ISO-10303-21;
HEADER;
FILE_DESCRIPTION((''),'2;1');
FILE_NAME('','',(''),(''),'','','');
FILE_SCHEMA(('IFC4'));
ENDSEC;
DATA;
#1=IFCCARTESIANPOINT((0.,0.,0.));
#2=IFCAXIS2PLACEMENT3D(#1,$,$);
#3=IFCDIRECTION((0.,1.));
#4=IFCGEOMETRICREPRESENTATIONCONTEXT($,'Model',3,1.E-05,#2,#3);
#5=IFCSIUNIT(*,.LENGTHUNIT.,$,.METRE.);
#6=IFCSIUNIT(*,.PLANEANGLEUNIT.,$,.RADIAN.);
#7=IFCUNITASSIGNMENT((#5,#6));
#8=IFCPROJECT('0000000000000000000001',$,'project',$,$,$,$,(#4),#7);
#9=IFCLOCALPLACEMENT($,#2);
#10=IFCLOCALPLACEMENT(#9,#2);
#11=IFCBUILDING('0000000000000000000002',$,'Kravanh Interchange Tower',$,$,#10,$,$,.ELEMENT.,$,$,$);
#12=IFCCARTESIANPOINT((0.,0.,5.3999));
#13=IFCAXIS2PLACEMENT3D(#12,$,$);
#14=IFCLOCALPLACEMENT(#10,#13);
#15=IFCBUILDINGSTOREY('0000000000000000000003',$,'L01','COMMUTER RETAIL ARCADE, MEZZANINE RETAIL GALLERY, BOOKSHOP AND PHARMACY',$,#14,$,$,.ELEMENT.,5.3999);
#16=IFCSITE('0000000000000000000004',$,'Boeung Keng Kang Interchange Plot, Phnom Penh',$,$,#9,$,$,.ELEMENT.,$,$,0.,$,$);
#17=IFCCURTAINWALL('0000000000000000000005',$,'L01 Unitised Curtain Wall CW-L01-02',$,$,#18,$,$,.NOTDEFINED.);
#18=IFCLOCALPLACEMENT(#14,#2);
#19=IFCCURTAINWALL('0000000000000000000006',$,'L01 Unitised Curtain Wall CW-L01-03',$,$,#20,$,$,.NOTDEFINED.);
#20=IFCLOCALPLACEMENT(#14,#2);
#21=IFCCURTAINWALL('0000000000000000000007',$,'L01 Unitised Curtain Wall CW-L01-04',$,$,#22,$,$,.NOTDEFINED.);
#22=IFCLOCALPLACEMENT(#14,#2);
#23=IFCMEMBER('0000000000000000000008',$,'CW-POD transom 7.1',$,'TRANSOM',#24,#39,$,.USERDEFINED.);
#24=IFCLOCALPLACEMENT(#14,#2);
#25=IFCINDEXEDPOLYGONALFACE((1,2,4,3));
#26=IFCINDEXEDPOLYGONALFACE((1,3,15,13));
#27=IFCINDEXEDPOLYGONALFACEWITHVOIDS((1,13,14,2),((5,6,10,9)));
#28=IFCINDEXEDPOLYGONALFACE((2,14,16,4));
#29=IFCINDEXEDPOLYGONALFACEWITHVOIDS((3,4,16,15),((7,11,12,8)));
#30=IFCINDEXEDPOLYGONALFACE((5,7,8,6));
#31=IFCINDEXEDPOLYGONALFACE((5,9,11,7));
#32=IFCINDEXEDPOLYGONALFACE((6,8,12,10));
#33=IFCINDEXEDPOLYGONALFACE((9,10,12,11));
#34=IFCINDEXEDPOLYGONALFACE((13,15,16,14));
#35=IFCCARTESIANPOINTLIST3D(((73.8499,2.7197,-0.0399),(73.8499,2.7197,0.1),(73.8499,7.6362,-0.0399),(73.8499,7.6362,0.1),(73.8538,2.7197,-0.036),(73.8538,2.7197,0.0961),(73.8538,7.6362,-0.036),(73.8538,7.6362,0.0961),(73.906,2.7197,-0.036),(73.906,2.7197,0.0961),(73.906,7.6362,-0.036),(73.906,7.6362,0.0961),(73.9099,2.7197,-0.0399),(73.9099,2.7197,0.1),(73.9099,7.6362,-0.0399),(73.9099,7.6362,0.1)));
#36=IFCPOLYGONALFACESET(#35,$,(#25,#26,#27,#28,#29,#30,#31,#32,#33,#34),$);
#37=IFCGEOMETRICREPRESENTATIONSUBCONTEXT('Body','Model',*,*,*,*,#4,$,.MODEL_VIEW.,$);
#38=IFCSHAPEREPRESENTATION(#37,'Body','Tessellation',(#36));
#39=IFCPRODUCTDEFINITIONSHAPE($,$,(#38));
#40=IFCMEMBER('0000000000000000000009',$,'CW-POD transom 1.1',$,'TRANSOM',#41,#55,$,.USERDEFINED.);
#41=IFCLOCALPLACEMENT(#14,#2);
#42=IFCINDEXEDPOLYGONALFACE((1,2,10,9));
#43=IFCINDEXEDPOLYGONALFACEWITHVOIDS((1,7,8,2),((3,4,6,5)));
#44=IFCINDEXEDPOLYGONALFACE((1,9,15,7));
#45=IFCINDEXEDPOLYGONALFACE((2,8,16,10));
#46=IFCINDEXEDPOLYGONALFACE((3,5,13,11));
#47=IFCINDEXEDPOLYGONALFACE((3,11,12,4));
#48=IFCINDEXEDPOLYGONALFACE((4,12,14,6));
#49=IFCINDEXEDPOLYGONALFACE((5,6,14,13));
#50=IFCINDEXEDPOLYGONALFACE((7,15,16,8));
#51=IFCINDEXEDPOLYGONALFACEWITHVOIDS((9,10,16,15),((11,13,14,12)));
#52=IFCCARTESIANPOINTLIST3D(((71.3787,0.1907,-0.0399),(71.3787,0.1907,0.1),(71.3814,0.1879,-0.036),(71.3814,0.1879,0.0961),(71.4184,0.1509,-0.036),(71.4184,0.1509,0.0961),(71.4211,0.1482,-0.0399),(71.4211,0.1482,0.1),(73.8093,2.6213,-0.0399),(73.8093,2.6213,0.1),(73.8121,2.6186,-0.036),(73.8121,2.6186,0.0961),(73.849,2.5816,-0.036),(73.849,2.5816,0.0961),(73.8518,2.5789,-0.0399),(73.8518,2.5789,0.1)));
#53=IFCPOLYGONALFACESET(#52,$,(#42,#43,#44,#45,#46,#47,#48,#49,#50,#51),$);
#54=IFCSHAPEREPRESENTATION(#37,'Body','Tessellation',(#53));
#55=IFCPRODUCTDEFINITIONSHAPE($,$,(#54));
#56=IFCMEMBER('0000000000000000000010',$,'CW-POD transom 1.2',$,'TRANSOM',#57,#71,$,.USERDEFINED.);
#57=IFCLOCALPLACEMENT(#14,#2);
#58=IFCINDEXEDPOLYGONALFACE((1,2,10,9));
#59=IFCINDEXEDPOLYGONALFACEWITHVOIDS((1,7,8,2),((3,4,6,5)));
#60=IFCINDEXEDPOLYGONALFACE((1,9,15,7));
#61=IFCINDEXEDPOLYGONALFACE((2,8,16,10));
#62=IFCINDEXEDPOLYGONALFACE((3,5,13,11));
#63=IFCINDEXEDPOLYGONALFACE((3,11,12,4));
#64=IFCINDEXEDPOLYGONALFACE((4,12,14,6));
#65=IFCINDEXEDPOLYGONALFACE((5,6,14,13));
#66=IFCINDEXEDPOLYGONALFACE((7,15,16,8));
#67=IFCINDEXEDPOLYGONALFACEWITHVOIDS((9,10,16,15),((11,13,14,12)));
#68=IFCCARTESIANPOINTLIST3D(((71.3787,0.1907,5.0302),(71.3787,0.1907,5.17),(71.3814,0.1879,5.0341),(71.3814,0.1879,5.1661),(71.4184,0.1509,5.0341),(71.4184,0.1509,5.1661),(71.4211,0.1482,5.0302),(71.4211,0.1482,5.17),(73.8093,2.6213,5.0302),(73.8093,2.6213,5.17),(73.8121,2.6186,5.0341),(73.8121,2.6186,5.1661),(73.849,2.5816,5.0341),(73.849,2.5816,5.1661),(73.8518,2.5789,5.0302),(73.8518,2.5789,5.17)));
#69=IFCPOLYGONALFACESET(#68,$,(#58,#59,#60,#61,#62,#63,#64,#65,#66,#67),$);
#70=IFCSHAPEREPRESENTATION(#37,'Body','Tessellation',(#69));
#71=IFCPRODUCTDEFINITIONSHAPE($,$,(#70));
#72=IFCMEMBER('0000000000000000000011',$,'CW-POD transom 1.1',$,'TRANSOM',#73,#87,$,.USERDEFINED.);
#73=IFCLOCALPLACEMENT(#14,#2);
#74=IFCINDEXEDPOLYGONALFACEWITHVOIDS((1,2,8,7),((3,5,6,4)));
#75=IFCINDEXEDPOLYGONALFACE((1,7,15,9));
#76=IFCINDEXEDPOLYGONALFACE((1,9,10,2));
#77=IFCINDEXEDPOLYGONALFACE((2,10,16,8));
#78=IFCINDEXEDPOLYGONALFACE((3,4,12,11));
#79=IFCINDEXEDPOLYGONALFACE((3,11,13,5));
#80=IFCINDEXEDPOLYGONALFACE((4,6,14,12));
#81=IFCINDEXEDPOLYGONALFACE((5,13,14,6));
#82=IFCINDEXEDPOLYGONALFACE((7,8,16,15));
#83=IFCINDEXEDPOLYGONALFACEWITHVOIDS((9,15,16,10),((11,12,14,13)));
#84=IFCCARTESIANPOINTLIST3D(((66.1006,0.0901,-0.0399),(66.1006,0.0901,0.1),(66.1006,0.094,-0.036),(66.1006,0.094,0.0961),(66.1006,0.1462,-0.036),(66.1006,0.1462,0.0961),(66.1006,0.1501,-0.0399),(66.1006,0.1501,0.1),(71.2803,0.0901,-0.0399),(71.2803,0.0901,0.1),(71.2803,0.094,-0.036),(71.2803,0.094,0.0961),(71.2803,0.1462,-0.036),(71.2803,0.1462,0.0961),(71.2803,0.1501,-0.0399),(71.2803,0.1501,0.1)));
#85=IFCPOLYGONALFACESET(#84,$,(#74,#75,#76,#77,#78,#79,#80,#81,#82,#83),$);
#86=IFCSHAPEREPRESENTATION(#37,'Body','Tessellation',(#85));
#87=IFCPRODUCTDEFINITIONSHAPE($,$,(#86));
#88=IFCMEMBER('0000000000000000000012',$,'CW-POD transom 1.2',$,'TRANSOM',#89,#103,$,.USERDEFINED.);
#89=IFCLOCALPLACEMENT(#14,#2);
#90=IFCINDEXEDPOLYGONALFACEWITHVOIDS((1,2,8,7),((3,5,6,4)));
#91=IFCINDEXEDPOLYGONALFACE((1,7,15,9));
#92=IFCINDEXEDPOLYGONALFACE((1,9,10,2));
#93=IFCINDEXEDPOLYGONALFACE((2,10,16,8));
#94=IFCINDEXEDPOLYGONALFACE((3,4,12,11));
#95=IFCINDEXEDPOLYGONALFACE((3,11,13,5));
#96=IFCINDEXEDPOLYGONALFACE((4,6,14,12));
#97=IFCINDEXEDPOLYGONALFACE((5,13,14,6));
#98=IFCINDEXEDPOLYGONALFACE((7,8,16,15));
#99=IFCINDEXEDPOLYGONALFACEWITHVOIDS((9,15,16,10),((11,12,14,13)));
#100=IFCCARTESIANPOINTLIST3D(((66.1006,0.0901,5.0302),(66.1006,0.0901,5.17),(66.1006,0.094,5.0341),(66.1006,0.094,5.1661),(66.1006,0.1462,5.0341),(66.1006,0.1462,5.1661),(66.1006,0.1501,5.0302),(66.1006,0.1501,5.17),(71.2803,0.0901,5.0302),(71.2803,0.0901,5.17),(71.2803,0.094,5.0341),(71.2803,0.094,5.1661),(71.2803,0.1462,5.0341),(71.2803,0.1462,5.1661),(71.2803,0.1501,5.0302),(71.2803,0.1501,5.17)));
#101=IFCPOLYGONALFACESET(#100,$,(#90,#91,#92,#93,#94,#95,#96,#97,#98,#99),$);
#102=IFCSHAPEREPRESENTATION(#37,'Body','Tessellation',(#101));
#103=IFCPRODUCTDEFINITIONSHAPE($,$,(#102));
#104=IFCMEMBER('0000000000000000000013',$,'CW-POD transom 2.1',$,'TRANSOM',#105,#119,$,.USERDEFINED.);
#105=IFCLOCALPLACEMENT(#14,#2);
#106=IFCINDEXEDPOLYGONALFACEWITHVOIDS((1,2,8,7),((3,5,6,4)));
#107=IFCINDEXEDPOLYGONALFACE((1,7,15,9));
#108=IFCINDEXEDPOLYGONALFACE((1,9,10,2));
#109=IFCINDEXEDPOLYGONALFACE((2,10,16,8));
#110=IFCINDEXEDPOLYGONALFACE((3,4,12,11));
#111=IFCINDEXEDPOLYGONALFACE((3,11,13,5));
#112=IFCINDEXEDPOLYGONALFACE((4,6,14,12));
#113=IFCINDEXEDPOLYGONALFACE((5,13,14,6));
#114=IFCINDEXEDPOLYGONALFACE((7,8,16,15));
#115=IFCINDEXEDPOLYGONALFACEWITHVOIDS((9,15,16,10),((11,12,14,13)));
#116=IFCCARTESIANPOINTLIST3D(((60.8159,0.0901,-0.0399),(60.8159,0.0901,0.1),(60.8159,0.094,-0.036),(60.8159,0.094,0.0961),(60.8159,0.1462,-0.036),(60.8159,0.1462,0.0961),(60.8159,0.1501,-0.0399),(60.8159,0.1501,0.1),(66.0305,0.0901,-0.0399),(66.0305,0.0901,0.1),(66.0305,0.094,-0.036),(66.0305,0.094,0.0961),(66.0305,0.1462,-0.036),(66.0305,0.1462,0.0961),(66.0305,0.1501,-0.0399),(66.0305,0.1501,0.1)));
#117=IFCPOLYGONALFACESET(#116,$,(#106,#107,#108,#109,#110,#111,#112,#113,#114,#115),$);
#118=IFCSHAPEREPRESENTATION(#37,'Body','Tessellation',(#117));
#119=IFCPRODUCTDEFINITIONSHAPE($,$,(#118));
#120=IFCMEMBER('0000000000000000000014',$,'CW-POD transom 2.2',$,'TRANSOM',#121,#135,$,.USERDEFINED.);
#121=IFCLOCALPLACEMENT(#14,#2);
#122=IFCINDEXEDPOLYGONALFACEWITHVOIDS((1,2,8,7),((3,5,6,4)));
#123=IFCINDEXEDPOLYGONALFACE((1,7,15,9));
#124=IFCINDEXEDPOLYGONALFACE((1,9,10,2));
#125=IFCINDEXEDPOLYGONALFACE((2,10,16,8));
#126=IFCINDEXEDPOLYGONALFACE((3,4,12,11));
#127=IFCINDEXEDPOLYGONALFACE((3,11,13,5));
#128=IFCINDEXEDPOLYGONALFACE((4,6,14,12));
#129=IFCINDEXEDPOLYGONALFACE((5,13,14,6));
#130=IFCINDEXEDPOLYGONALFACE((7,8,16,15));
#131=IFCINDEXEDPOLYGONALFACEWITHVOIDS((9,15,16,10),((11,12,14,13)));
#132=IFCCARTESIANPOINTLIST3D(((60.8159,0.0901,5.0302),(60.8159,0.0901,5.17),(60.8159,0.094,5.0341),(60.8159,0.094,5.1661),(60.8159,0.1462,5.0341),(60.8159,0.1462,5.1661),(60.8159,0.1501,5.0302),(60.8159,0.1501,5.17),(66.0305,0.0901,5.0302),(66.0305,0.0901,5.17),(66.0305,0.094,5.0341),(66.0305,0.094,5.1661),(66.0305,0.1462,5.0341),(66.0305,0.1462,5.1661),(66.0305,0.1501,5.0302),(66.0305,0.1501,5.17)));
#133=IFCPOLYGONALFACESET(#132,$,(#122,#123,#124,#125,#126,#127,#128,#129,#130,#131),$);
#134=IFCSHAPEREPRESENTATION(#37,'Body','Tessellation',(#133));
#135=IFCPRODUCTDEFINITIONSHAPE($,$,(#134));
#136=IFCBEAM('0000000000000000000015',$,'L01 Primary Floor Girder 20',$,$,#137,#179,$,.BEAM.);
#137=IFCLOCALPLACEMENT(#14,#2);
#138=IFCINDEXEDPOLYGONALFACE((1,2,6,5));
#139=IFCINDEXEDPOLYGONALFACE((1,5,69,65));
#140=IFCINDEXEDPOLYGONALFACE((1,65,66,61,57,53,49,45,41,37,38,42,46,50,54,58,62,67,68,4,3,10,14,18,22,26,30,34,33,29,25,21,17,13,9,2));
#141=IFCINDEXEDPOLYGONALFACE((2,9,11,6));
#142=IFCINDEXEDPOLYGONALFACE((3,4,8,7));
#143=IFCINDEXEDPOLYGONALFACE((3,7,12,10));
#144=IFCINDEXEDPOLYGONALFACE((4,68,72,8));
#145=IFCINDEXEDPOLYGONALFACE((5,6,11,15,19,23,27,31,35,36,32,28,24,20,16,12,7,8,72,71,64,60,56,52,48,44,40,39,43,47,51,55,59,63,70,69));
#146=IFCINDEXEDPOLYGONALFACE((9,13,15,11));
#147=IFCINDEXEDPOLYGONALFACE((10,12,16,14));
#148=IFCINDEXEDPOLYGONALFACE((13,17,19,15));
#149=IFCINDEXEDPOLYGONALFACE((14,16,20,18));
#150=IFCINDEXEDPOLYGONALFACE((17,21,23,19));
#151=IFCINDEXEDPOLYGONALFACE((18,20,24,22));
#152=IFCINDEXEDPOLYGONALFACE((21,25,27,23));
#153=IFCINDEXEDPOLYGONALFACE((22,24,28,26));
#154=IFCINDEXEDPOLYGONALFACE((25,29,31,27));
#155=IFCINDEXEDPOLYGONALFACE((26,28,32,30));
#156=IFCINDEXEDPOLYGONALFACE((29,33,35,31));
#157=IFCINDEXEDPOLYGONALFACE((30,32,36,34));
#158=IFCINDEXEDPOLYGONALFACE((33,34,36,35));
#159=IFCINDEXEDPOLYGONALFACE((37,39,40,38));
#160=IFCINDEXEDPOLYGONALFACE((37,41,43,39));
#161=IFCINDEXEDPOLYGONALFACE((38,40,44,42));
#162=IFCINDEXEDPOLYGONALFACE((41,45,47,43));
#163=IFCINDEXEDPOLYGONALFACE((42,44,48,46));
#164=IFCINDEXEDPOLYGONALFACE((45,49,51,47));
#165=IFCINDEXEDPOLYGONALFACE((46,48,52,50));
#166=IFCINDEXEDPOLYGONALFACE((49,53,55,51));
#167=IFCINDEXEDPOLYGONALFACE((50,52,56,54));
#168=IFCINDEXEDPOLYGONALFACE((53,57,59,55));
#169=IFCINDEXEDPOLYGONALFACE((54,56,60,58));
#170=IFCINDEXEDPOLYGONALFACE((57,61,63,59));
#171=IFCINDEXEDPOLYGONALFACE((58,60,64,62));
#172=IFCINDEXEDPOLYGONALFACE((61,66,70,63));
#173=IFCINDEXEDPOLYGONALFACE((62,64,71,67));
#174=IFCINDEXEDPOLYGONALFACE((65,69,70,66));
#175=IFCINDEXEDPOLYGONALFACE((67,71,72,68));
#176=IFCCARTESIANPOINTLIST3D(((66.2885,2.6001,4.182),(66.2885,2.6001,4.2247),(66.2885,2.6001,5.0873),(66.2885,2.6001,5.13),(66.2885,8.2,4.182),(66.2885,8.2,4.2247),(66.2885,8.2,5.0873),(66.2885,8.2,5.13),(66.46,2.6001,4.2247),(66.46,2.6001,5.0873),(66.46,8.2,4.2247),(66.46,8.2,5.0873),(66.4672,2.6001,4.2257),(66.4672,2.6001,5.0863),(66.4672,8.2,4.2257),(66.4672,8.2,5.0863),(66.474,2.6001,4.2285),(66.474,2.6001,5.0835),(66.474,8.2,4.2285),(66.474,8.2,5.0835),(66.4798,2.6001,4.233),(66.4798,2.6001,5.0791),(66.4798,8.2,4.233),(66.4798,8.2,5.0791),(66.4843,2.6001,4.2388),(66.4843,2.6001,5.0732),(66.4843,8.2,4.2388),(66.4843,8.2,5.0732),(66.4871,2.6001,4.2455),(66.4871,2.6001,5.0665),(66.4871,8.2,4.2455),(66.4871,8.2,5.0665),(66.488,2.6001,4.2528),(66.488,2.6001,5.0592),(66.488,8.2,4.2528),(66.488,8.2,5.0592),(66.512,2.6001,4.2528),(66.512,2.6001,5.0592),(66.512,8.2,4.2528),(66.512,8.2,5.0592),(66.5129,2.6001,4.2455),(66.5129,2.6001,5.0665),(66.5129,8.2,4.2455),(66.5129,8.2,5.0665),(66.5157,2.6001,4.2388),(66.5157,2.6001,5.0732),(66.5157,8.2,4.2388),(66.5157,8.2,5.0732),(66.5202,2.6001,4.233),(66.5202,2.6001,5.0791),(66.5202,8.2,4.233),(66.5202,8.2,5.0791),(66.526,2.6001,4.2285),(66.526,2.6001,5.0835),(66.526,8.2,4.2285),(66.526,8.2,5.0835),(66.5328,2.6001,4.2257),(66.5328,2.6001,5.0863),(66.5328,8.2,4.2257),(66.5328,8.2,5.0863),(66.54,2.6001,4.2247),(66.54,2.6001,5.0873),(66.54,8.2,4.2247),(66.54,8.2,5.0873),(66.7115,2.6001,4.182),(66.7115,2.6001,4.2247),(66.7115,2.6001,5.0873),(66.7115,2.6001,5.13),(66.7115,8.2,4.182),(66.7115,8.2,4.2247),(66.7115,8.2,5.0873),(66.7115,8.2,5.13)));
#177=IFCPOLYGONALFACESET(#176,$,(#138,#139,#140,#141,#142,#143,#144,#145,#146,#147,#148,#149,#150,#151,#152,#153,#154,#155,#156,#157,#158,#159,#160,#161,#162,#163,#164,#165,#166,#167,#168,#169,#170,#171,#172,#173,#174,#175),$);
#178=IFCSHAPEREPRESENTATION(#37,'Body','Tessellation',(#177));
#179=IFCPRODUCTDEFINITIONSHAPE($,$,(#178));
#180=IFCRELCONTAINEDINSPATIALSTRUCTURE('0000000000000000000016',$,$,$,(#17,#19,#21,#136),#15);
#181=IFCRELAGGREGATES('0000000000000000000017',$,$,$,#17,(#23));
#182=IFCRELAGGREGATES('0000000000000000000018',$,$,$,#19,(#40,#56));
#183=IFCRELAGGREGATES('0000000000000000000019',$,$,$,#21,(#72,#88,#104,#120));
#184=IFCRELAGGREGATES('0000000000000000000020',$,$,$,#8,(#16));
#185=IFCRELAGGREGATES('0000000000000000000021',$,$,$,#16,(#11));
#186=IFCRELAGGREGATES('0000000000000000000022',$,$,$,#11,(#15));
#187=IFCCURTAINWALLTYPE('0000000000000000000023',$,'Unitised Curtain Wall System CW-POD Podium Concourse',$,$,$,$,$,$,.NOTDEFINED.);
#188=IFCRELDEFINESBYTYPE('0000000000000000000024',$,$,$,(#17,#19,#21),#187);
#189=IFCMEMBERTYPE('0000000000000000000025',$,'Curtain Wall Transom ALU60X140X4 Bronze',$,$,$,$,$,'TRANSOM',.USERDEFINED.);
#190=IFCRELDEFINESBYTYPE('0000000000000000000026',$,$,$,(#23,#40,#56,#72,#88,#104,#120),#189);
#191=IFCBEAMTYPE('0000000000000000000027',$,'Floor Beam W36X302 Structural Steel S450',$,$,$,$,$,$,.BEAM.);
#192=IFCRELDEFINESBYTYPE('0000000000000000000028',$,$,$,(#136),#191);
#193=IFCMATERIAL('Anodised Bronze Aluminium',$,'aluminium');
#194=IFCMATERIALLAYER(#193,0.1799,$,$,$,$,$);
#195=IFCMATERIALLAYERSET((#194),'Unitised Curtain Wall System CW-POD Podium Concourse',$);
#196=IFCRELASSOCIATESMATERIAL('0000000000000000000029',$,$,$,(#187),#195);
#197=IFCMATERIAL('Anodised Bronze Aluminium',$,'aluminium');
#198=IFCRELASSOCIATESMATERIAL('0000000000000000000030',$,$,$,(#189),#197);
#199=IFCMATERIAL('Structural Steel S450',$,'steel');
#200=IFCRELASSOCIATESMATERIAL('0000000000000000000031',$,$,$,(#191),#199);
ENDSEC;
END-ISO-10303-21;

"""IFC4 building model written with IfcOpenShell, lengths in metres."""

from ifc_helpers import new_model, si_unit, direction, frame, origin, origin_2d, place, context, subcontext, project, spatial, hollow_rectangle, i_section, extrude, material, layer, layer_set, material_profile, profile_set, type_object, element, aggregate, save


model = new_model("IFC4")

# Units and contexts
model_context = context("Model", 3, precision=1e-05, world=origin(), true_north=direction((0.0, 1.0)))
body_context = subcontext(model_context, "Body", "Model", "MODEL_VIEW")
ifc_project = project(units=[si_unit("LENGTHUNIT", "METRE"), si_unit("PLANEANGLEUNIT", "RADIAN")], contexts=[model_context])

# Site, building, storey
site_placement = place(None, origin())
site = spatial("IfcSite", under=ifc_project, at=site_placement, Name="Boeung Keng Kang Interchange Plot, Phnom Penh", CompositionType="ELEMENT", RefElevation=0.0)
building_placement = place(site_placement, origin())
building = spatial("IfcBuilding", under=site, at=building_placement, Name="Kravanh Interchange Tower", CompositionType="ELEMENT")
storey_placement = place(building_placement, frame((0.0, 0.0, 5.3999)))
storey = spatial("IfcBuildingStorey", under=building, at=storey_placement, Name="L01", Description="COMMUTER RETAIL ARCADE, MEZZANINE RETAIL GALLERY, BOOKSHOP AND PHARMACY", CompositionType="ELEMENT", Elevation=5.3999)

# Curtain wall
ifc_material_1 = material(Name="Anodised Bronze Aluminium", Category="aluminium")
ifc_layer_1 = layer(ifc_material_1, 0.1799)
ifc_layer_set_1 = layer_set([ifc_layer_1], Name="Unitised Curtain Wall System CW-POD Podium Concourse")
curtain_wall_type = type_object("IfcCurtainWallType", Name="Unitised Curtain Wall System CW-POD Podium Concourse", PredefinedType="NOTDEFINED", material=ifc_layer_set_1)
curtain_wall_1_placement = place(storey_placement, origin())
curtain_wall_1 = element("IfcCurtainWall", 1, at=curtain_wall_1_placement, inside=storey, type_object=curtain_wall_type, Name="L01 Unitised Curtain Wall CW-L01-02", PredefinedType="NOTDEFINED")

# Curtain walls
curtain_wall_2_placement = place(storey_placement, origin())
curtain_wall_2 = element("IfcCurtainWall", 2, at=curtain_wall_2_placement, inside=storey, type_object=curtain_wall_type, Name="L01 Unitised Curtain Wall CW-L01-03", PredefinedType="NOTDEFINED")
curtain_wall_3_placement = place(storey_placement, origin())
curtain_wall_3 = element("IfcCurtainWall", 3, at=curtain_wall_3_placement, inside=storey, type_object=curtain_wall_type, Name="L01 Unitised Curtain Wall CW-L01-04", PredefinedType="NOTDEFINED")

# Members
ifc_material_2 = material(Name="Anodised Bronze Aluminium", Category="aluminium")
ifc_material_profile_1 = material_profile(ifc_material_2, hollow_rectangle(XDim=0.0601, YDim=0.1399, WallThickness=0.0039, at=origin_2d()), Name="ALU60X140X4")
ifc_profile_set_1 = profile_set([ifc_material_profile_1], Name="Anodised Bronze Aluminium")
member_type_1 = type_object("IfcMemberType", Name="Curtain Wall Transom ALU60X140X4 Bronze", ElementType="TRANSOM", PredefinedType="USERDEFINED", material=ifc_profile_set_1)
member_1_placement = place(storey_placement, frame((73.8799, 7.6362, 0.03), z_axis=(0.0, -1.0, 0.0), x_axis=(1.0, 0.0, 0.0)))
member_1 = element("IfcMember", 4, at=member_1_placement, type_object=member_type_1, Name="CW-POD transom 7.1", ObjectType="TRANSOM", PredefinedType="USERDEFINED", context=body_context, shape_type="SweptSolid", body=[
    extrude(hollow_rectangle(XDim=0.0601, YDim=0.1399, WallThickness=0.0039, at=origin_2d()), origin(), (0.0, 0.0, 1.0), 4.9165),
])
member_2_placement = place(storey_placement, frame((73.8306, 2.6001, 0.03), z_axis=(-0.707107, -0.707107, 0.0), x_axis=(0.707107, -0.707107, 0.0)))
member_2 = element("IfcMember", 5, at=member_2_placement, type_object=member_type_1, Name="CW-POD transom 1.1", ObjectType="TRANSOM", PredefinedType="USERDEFINED", context=body_context, shape_type="SweptSolid", body=[
    extrude(hollow_rectangle(XDim=0.0601, YDim=0.1399, WallThickness=0.0039, at=origin_2d()), origin(), (0.0, 0.0, 1.0), 3.4375),
])
member_3_placement = place(storey_placement, frame((73.8306, 2.6001, 5.1001), z_axis=(-0.707107, -0.707107, 0.0), x_axis=(0.707107, -0.707107, 0.0)))
member_3 = element("IfcMember", 6, at=member_3_placement, type_object=member_type_1, Name="CW-POD transom 1.2", ObjectType="TRANSOM", PredefinedType="USERDEFINED", context=body_context, shape_type="SweptSolid", body=[
    extrude(hollow_rectangle(XDim=0.0601, YDim=0.1399, WallThickness=0.0039, at=origin_2d()), origin(), (0.0, 0.0, 1.0), 3.4375),
])
member_4_placement = place(storey_placement, frame((71.2803, 0.1201, 0.03), z_axis=(-1.0, 0.0, 0.0), x_axis=(0.0, -1.0, 0.0)))
member_4 = element("IfcMember", 7, at=member_4_placement, type_object=member_type_1, Name="CW-POD transom 1.1", ObjectType="TRANSOM", PredefinedType="USERDEFINED", context=body_context, shape_type="SweptSolid", body=[
    extrude(hollow_rectangle(XDim=0.0601, YDim=0.1399, WallThickness=0.0039, at=origin_2d()), origin(), (0.0, 0.0, 1.0), 5.1797),
])
member_5_placement = place(storey_placement, frame((71.2803, 0.1201, 5.1001), z_axis=(-1.0, 0.0, 0.0), x_axis=(0.0, -1.0, 0.0)))
member_5 = element("IfcMember", 8, at=member_5_placement, type_object=member_type_1, Name="CW-POD transom 1.2", ObjectType="TRANSOM", PredefinedType="USERDEFINED", context=body_context, shape_type="SweptSolid", body=[
    extrude(hollow_rectangle(XDim=0.0601, YDim=0.1399, WallThickness=0.0039, at=origin_2d()), origin(), (0.0, 0.0, 1.0), 5.1797),
])
member_6_placement = place(storey_placement, frame((66.0305, 0.1201, 0.03), z_axis=(-1.0, 0.0, 0.0), x_axis=(0.0, -1.0, 0.0)))
member_6 = element("IfcMember", 9, at=member_6_placement, type_object=member_type_1, Name="CW-POD transom 2.1", ObjectType="TRANSOM", PredefinedType="USERDEFINED", context=body_context, shape_type="SweptSolid", body=[
    extrude(hollow_rectangle(XDim=0.0601, YDim=0.1399, WallThickness=0.0039, at=origin_2d()), origin(), (0.0, 0.0, 1.0), 5.2146),
])
member_7_placement = place(storey_placement, frame((66.0305, 0.1201, 5.1001), z_axis=(-1.0, 0.0, 0.0), x_axis=(0.0, -1.0, 0.0)))
member_7 = element("IfcMember", 10, at=member_7_placement, type_object=member_type_1, Name="CW-POD transom 2.2", ObjectType="TRANSOM", PredefinedType="USERDEFINED", context=body_context, shape_type="SweptSolid", body=[
    extrude(hollow_rectangle(XDim=0.0601, YDim=0.1399, WallThickness=0.0039, at=origin_2d()), origin(), (0.0, 0.0, 1.0), 5.2146),
])

# Beam
ifc_material_3 = material(Name="Structural Steel S450", Category="steel")
ifc_material_profile_2 = material_profile(ifc_material_3, i_section(OverallWidth=0.4231, OverallDepth=0.948, WebThickness=0.0239, FlangeThickness=0.0427, FilletRadius=0.0281, at=origin_2d()), Name="W36X302")
ifc_profile_set_2 = profile_set([ifc_material_profile_2], Name="Structural Steel S450")
beam_type_1 = type_object("IfcBeamType", Name="Floor Beam W36X302 Structural Steel S450", PredefinedType="BEAM", material=ifc_profile_set_2)
beam_1_placement = place(storey_placement, frame((66.5, 2.6001, 4.656), z_axis=(0.0, 1.0, 0.0), x_axis=(-1.0, 0.0, 0.0)))
element("IfcBeam", 11, at=beam_1_placement, inside=storey, type_object=beam_type_1, Name="L01 Primary Floor Girder 20", PredefinedType="BEAM", context=body_context, shape_type="SweptSolid", body=[
    extrude(i_section(OverallWidth=0.4231, OverallDepth=0.948, WebThickness=0.0239, FlangeThickness=0.0427, FilletRadius=0.0281, at=origin_2d()), origin(), (0.0, 0.0, 1.0), 5.5999),
])

aggregate(curtain_wall_1, [member_1])
aggregate(curtain_wall_2, [member_2, member_3])
aggregate(curtain_wall_3, [member_4, member_5, member_6, member_7])

save(model, "model.ifc")
